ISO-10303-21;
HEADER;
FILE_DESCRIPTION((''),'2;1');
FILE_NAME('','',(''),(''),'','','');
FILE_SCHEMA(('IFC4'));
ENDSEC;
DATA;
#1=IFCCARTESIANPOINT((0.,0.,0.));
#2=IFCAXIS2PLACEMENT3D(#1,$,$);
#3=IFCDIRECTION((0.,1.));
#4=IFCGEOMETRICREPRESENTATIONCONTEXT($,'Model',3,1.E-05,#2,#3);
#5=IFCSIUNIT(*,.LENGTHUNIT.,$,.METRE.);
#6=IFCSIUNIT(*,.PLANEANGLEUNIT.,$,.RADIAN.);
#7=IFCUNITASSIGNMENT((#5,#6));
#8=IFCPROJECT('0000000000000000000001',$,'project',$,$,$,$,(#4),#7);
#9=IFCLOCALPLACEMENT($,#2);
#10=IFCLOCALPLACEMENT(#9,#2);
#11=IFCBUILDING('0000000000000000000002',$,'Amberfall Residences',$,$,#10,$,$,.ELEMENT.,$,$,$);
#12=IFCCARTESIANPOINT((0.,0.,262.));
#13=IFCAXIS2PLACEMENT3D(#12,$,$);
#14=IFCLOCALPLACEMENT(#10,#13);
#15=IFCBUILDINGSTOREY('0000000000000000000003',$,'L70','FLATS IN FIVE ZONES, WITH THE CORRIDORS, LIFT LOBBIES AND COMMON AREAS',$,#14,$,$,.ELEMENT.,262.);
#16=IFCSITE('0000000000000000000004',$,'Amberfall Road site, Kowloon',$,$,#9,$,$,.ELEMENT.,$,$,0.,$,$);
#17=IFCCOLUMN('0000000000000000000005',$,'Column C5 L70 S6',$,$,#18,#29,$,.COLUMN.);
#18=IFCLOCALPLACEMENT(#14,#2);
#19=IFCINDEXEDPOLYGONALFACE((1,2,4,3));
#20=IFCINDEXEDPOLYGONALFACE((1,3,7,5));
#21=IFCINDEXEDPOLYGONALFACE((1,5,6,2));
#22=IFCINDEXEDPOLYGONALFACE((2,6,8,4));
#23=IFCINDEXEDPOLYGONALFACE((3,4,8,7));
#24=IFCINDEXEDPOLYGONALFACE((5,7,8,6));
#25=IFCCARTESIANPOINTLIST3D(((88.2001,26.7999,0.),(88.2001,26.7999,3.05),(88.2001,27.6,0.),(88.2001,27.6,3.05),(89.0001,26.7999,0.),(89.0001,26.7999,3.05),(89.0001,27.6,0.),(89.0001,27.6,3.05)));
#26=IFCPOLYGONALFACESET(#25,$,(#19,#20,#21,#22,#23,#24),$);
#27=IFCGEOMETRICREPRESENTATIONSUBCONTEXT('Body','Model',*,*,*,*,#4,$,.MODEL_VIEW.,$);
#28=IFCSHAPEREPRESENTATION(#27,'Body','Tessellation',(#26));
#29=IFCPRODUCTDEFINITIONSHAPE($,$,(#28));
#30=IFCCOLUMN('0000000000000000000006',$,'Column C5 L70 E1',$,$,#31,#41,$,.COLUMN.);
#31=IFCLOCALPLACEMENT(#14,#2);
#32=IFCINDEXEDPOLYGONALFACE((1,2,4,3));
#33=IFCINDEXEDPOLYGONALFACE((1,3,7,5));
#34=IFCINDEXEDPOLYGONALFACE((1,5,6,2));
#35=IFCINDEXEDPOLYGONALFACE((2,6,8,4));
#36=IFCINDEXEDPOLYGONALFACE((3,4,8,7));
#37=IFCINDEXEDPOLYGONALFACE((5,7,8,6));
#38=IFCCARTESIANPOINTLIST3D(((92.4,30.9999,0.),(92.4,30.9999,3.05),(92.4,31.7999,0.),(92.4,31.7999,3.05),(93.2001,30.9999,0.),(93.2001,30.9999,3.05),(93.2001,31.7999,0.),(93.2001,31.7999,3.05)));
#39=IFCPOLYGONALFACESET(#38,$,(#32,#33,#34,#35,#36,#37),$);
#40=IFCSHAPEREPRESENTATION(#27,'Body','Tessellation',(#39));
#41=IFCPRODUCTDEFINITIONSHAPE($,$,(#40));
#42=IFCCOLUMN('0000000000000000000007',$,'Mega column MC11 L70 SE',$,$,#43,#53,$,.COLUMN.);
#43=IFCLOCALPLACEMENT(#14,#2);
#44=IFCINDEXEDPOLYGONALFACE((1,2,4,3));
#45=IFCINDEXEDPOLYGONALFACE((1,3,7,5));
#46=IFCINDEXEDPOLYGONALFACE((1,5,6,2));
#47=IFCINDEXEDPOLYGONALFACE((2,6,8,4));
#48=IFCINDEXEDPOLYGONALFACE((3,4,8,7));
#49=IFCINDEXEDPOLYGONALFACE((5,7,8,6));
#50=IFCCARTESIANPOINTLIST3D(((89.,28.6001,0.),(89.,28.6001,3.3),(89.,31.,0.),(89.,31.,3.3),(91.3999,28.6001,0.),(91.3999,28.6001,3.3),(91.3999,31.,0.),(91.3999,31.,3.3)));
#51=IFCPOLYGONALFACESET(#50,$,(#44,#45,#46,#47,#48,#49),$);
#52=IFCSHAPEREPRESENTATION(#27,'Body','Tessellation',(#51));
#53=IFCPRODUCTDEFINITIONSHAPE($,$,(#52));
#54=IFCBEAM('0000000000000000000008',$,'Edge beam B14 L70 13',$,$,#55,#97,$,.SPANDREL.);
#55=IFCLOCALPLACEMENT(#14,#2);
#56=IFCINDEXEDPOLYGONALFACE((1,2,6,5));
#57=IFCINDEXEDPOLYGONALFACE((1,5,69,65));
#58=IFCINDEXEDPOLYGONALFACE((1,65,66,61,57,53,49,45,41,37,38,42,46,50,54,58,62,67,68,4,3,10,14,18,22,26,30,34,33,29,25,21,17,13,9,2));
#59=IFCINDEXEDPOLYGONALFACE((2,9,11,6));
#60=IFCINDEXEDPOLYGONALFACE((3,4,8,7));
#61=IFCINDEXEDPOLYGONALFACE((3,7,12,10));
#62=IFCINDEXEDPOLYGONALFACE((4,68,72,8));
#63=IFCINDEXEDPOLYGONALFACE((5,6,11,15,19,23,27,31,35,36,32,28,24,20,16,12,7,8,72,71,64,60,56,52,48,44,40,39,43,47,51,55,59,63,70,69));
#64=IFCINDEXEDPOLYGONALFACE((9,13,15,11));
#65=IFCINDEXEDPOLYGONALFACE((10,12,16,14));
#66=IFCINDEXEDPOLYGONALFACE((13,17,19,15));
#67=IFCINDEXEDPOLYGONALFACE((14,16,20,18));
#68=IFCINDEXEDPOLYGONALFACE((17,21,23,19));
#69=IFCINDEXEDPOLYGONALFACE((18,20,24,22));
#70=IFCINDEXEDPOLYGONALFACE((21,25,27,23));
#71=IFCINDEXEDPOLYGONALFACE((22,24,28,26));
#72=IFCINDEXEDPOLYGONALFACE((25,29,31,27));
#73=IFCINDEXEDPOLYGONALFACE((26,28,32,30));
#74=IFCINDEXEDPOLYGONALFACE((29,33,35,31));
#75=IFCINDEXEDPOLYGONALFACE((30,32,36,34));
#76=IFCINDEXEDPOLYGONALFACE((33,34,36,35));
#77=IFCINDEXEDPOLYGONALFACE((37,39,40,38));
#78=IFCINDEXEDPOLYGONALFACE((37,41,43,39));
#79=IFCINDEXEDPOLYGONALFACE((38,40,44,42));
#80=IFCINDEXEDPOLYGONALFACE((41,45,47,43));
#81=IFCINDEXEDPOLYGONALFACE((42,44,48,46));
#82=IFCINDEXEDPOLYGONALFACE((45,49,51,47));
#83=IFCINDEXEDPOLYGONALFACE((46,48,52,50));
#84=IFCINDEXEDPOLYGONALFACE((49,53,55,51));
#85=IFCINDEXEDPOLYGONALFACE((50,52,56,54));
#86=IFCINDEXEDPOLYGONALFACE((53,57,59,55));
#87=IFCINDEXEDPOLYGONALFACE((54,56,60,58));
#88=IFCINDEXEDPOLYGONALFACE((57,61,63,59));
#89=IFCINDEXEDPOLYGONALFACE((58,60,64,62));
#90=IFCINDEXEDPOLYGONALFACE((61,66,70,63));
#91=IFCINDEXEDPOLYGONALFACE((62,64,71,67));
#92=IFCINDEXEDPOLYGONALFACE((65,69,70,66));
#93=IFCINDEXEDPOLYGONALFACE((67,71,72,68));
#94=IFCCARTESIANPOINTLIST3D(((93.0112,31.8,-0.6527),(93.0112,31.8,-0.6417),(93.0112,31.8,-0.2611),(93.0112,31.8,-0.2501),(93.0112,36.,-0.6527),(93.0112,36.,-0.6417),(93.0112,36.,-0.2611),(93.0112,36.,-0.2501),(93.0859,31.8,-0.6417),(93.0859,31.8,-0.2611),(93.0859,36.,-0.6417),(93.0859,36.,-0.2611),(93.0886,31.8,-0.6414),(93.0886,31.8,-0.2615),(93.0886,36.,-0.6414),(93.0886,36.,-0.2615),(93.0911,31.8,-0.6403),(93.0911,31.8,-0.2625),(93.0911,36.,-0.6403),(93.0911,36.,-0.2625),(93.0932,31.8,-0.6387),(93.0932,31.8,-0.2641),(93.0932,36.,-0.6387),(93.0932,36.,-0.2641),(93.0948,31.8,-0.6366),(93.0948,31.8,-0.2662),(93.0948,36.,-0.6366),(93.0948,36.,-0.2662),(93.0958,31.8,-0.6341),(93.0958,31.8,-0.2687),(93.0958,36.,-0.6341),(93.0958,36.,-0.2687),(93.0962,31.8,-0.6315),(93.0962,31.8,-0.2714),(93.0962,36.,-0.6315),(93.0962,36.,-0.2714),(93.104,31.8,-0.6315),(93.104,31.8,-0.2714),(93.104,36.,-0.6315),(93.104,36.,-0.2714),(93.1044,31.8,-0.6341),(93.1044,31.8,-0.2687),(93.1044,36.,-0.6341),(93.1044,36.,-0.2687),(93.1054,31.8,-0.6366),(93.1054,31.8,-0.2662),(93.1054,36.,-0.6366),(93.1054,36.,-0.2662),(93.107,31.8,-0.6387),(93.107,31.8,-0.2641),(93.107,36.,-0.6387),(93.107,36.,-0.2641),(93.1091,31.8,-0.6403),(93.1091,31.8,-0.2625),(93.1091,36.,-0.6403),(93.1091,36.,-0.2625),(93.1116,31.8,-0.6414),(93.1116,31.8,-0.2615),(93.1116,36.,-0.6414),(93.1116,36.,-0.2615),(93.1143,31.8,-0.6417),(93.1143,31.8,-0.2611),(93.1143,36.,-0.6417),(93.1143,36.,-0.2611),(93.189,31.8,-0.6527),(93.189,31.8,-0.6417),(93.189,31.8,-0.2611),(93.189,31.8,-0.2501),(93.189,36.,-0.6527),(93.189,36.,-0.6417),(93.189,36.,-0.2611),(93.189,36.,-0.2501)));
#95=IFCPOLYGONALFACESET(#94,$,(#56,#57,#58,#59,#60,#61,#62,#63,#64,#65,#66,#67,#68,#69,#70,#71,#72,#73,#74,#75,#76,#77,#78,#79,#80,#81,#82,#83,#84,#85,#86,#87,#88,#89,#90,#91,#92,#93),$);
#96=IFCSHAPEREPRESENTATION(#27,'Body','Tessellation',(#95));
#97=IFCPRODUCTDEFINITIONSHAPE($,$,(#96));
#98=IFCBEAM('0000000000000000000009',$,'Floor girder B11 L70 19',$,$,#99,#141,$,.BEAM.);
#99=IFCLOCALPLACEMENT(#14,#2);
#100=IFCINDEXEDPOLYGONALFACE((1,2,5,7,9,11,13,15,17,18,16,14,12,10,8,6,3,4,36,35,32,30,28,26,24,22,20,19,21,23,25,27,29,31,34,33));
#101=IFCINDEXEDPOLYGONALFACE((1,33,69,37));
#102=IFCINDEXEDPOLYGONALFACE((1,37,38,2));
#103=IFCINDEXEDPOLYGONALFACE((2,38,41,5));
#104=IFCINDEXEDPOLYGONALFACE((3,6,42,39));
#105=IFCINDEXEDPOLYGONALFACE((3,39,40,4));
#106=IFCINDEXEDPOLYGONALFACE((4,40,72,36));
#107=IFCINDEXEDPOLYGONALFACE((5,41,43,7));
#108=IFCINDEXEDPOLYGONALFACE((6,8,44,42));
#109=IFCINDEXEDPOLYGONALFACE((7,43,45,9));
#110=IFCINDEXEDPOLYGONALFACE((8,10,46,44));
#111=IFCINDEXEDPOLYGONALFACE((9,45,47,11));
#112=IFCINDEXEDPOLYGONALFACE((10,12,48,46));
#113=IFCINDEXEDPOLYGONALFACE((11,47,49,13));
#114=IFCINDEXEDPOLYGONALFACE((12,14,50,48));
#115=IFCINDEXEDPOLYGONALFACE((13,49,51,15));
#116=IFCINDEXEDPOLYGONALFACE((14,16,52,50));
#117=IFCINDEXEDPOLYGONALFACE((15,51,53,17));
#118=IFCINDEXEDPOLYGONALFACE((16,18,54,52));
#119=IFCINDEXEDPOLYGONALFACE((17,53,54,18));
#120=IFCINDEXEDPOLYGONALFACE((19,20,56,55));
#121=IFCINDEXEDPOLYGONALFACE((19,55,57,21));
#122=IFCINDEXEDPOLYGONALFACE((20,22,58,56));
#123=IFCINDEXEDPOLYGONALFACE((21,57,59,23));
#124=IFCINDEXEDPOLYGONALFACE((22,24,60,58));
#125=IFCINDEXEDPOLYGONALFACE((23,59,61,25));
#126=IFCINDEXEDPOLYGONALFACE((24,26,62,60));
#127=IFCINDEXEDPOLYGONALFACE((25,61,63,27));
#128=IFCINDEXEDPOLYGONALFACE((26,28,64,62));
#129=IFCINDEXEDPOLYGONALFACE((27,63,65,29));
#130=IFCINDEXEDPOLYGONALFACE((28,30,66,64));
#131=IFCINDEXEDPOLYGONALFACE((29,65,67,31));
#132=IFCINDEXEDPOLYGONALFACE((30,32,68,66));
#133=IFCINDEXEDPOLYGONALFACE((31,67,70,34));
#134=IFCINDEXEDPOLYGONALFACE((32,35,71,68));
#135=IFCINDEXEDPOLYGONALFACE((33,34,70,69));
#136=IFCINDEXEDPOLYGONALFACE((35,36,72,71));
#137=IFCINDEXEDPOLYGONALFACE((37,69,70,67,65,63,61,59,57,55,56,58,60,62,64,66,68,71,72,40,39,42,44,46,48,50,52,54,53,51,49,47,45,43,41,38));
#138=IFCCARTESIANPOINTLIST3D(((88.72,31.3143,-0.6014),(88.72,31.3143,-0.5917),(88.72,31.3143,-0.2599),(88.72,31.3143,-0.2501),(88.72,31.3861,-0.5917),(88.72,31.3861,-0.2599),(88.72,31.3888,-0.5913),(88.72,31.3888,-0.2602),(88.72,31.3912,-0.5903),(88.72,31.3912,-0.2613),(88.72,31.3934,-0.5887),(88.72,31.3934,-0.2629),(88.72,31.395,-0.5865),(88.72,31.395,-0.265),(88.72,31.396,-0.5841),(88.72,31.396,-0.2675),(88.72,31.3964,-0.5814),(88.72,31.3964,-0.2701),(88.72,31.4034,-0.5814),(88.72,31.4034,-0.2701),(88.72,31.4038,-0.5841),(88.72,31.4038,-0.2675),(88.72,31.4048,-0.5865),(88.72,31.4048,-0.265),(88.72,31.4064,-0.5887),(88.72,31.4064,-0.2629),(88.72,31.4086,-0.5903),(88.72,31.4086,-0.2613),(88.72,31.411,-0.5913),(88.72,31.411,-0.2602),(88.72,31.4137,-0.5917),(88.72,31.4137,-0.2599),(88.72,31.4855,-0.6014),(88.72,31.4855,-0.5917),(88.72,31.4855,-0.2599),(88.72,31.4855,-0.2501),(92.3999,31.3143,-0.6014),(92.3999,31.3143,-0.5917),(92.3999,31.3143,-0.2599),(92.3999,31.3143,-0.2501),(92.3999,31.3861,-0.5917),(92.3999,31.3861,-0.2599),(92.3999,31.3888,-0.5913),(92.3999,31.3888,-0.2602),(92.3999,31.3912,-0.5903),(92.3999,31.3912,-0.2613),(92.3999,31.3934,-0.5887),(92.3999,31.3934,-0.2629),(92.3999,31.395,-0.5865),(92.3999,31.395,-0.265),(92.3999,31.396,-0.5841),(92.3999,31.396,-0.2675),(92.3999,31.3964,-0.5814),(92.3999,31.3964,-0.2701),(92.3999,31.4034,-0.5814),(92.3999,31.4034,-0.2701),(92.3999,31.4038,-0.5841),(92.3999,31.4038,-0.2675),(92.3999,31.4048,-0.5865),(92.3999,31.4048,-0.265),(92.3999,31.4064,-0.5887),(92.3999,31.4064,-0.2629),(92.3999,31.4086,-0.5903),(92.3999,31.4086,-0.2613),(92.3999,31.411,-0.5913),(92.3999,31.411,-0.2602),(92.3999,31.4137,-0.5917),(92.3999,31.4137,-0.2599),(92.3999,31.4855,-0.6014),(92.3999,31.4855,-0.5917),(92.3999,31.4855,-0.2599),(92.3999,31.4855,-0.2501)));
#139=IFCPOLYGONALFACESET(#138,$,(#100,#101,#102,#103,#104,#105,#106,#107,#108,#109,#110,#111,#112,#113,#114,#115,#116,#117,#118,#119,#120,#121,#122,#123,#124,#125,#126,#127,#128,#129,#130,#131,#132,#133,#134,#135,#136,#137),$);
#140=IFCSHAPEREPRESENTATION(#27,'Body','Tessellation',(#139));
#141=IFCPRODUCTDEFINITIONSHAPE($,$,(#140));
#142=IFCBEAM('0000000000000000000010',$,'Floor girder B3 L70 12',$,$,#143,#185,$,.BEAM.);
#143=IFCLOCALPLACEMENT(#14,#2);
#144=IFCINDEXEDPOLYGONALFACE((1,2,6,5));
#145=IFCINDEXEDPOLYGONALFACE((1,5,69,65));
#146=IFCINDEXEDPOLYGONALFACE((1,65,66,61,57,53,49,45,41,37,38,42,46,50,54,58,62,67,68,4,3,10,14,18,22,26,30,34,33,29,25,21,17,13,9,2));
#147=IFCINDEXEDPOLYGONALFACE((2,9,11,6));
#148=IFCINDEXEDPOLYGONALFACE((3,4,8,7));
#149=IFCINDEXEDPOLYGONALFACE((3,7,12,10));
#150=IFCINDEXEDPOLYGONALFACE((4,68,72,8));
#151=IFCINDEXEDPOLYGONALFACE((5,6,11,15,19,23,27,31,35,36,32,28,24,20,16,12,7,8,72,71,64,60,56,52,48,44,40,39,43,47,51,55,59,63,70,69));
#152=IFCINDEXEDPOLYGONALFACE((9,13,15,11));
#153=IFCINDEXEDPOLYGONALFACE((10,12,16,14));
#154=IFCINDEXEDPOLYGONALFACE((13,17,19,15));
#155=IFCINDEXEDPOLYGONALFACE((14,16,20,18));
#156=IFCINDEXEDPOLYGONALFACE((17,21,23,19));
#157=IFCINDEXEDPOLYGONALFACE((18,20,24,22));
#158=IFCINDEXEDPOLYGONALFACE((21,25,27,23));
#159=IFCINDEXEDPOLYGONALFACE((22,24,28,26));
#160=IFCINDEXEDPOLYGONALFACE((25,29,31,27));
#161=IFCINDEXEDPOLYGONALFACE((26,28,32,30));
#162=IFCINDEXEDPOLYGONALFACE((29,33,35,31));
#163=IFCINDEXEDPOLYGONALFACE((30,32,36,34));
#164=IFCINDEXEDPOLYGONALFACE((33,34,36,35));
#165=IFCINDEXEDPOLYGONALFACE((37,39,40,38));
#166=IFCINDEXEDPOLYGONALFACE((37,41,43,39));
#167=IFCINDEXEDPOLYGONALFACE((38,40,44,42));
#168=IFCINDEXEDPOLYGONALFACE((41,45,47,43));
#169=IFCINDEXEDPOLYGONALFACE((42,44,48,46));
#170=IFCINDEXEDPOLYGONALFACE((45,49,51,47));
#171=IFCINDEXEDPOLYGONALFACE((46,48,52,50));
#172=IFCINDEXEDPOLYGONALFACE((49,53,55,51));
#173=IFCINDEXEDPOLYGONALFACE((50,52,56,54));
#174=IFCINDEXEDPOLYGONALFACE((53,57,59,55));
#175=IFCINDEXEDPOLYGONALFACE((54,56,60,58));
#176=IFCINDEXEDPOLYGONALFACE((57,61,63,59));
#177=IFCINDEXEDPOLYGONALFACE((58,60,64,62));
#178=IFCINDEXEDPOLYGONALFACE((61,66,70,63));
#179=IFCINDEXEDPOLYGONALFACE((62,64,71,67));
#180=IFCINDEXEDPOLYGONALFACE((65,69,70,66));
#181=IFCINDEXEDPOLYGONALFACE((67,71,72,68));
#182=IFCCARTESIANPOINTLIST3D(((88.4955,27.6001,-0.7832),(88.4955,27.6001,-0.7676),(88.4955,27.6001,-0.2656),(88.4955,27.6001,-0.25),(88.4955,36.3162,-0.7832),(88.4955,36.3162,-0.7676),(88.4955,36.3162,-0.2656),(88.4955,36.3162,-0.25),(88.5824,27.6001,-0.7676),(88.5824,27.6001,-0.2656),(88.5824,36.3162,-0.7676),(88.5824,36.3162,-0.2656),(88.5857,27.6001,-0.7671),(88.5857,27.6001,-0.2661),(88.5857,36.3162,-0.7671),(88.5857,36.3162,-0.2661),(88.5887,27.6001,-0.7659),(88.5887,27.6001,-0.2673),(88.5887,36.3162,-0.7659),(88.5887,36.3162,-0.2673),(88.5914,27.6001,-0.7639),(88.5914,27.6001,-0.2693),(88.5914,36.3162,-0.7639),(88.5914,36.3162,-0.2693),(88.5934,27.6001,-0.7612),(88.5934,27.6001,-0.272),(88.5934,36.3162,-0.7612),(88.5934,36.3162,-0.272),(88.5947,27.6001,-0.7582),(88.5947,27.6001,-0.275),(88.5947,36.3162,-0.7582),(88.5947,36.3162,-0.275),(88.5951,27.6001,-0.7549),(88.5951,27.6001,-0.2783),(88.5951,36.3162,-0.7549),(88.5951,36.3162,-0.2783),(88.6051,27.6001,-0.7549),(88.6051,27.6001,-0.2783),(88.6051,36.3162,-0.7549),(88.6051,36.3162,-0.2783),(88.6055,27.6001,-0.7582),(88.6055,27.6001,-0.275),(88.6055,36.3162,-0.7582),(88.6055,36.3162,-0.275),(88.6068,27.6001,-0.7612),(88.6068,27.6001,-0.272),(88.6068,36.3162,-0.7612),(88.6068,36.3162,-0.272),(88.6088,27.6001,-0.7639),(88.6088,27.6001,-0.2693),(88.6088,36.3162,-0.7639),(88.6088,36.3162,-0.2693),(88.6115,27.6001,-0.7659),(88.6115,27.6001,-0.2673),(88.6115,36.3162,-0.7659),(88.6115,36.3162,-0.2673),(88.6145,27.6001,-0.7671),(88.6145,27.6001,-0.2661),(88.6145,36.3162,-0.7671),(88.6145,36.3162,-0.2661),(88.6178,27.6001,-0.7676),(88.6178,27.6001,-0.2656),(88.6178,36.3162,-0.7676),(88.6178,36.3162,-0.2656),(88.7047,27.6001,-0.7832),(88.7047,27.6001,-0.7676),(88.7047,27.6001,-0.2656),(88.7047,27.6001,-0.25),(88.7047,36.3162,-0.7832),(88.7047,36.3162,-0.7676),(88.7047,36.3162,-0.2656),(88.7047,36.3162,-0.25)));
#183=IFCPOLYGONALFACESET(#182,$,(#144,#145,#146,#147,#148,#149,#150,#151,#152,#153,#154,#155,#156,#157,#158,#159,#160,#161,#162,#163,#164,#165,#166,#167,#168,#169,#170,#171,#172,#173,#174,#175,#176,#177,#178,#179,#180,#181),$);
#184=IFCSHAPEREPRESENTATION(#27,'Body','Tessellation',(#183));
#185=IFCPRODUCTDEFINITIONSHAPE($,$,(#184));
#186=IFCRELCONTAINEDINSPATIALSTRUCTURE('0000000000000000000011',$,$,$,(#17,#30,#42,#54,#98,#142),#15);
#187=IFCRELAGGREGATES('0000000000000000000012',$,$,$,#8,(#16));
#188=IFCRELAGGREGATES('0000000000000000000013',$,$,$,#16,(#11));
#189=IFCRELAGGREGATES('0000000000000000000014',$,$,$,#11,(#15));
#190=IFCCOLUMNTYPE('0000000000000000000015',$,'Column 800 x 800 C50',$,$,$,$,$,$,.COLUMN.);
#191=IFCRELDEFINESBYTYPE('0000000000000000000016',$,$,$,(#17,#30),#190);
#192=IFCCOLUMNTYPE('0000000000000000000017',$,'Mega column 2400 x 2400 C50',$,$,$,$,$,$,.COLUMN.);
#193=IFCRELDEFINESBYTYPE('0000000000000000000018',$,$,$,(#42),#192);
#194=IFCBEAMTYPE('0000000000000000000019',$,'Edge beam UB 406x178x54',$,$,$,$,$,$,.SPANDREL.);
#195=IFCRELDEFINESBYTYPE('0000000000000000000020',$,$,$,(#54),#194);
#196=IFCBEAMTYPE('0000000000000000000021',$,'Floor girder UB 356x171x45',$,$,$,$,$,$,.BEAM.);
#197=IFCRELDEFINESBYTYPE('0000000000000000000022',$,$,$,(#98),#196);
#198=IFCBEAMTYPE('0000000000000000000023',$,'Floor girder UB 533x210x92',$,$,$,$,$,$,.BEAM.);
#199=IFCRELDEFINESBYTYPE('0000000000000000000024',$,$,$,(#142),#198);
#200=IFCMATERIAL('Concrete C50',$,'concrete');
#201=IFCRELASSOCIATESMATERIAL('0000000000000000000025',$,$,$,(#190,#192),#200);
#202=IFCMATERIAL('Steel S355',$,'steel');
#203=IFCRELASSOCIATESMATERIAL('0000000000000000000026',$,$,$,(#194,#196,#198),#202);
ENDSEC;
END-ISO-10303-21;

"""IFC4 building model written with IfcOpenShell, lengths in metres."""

from ifc_helpers import new_model, si_unit, direction, frame, origin, origin_2d, place, context, subcontext, project, spatial, rectangle, i_section, extrude, material, material_profile, profile_set, type_object, element, save


model = new_model("IFC4")

# Units and contexts
model_context = context("Model", 3, precision=1e-05, world=origin(), true_north=direction((0.0, 1.0)))
body_context = subcontext(model_context, "Body", "Model", "MODEL_VIEW")
ifc_project = project(units=[si_unit("LENGTHUNIT", "METRE"), si_unit("PLANEANGLEUNIT", "RADIAN")], contexts=[model_context])

# Site, building, storey
site_placement = place(None, origin())
site = spatial("IfcSite", under=ifc_project, at=site_placement, Name="Amberfall Road site, Kowloon", CompositionType="ELEMENT", RefElevation=0.0)
building_placement = place(site_placement, origin())
building = spatial("IfcBuilding", under=site, at=building_placement, Name="Amberfall Residences", CompositionType="ELEMENT")
storey_placement = place(building_placement, frame((0.0, 0.0, 262.0)))
storey = spatial("IfcBuildingStorey", under=building, at=storey_placement, Name="L70", Description="FLATS IN FIVE ZONES, WITH THE CORRIDORS, LIFT LOBBIES AND COMMON AREAS", CompositionType="ELEMENT", Elevation=262.0)

# Columns
ifc_material_1 = material(Name="Concrete C50", Category="concrete")
ifc_material_profile_1 = material_profile(ifc_material_1, rectangle(XDim=0.8, YDim=0.8, at=origin_2d()), Name="Column 800 x 800 C50")
ifc_profile_set_1 = profile_set([ifc_material_profile_1], Name="Concrete C50")
column_type_1 = type_object("IfcColumnType", Name="Column 800 x 800 C50", PredefinedType="COLUMN", material=ifc_profile_set_1)
for number, where, z_axis, x_axis, name in (
    (1, (88.6001, 27.2, 0.0), (0.0, 0.0, 1.0), (1.0, 0.0, 0.0), "Column C5 L70 S6"),
    (2, (92.8, 31.3999, 0.0), (0.0, 0.0, 1.0), (1.0, 0.0, 0.0), "Column C5 L70 E1"),
):
    element("IfcColumn", number, at=place(storey_placement, frame(where, z_axis=z_axis, x_axis=x_axis)), inside=storey, type_object=column_type_1, Name=name, PredefinedType="COLUMN", context=body_context, shape_type="SweptSolid", body=[
        extrude(rectangle(XDim=0.8, YDim=0.8, at=origin_2d()), origin(), (0.0, 0.0, 1.0), 3.05),
    ])
ifc_material_profile_2 = material_profile(ifc_material_1, rectangle(XDim=2.3999, YDim=2.3999, at=origin_2d()), Name="Mega column 2400 x 2400 C50")
ifc_profile_set_2 = profile_set([ifc_material_profile_2], Name="Concrete C50")
column_type_2 = type_object("IfcColumnType", Name="Mega column 2400 x 2400 C50", PredefinedType="COLUMN", material=ifc_profile_set_2)
column_placement = place(storey_placement, frame((90.2, 29.8, 0.0), z_axis=(0.0, 0.0, 1.0), x_axis=(1.0, 0.0, 0.0)))
element("IfcColumn", 3, at=column_placement, inside=storey, type_object=column_type_2, Name="Mega column MC11 L70 SE", PredefinedType="COLUMN", context=body_context, shape_type="SweptSolid", body=[
    extrude(rectangle(XDim=2.3999, YDim=2.3999, at=origin_2d()), origin(), (0.0, 0.0, 1.0), 3.3),
])

# Beams
ifc_material_2 = material(Name="Steel S355", Category="steel")
ifc_material_profile_3 = material_profile(ifc_material_2, i_section(OverallWidth=0.1777, OverallDepth=0.4026, WebThickness=0.0078, FlangeThickness=0.011, FilletRadius=0.0103, at=origin_2d()), Name="UB 406x178x54")
ifc_profile_set_3 = profile_set([ifc_material_profile_3], Name="Steel S355")
beam_type_1 = type_object("IfcBeamType", Name="Edge beam UB 406x178x54", PredefinedType="SPANDREL", material=ifc_profile_set_3)
beam_1_placement = place(storey_placement, frame((93.1001, 31.8, -0.4514), z_axis=(0.0, 1.0, 0.0), x_axis=(-1.0, 0.0, 0.0)))
element("IfcBeam", 4, at=beam_1_placement, inside=storey, type_object=beam_type_1, Name="Edge beam B14 L70 13", PredefinedType="SPANDREL", context=body_context, shape_type="SweptSolid", body=[
    extrude(i_section(OverallWidth=0.1777, OverallDepth=0.4026, WebThickness=0.0078, FlangeThickness=0.011, FilletRadius=0.0103, at=origin_2d()), origin(), (0.0, 0.0, 1.0), 4.2),
])
ifc_material_profile_4 = material_profile(ifc_material_2, i_section(OverallWidth=0.1711, OverallDepth=0.3513, WebThickness=0.0071, FlangeThickness=0.0098, FilletRadius=0.0103, at=origin_2d()), Name="UB 356x171x45")
ifc_profile_set_4 = profile_set([ifc_material_profile_4], Name="Steel S355")
beam_type_2 = type_object("IfcBeamType", Name="Floor girder UB 356x171x45", PredefinedType="BEAM", material=ifc_profile_set_4)
beam_2_placement = place(storey_placement, frame((92.3999, 31.3999, -0.4258), z_axis=(-1.0, 0.0, 0.0), x_axis=(0.0, -1.0, 0.0)))
element("IfcBeam", 5, at=beam_2_placement, inside=storey, type_object=beam_type_2, Name="Floor girder B11 L70 19", PredefinedType="BEAM", context=body_context, shape_type="SweptSolid", body=[
    extrude(i_section(OverallWidth=0.1711, OverallDepth=0.3513, WebThickness=0.0071, FlangeThickness=0.0098, FilletRadius=0.0103, at=origin_2d()), origin(), (0.0, 0.0, 1.0), 3.6799),
])
ifc_material_profile_5 = material_profile(ifc_material_2, i_section(OverallWidth=0.2092, OverallDepth=0.5332, WebThickness=0.01, FlangeThickness=0.0156, FilletRadius=0.0127, at=origin_2d()), Name="UB 533x210x92")
ifc_profile_set_5 = profile_set([ifc_material_profile_5], Name="Steel S355")
beam_type_3 = type_object("IfcBeamType", Name="Floor girder UB 533x210x92", PredefinedType="BEAM", material=ifc_profile_set_5)
beam_3_placement = place(storey_placement, frame((88.6001, 27.6001, -0.5166), z_axis=(0.0, 1.0, 0.0), x_axis=(-1.0, 0.0, 0.0)))
element("IfcBeam", 6, at=beam_3_placement, inside=storey, type_object=beam_type_3, Name="Floor girder B3 L70 12", PredefinedType="BEAM", context=body_context, shape_type="SweptSolid", body=[
    extrude(i_section(OverallWidth=0.2092, OverallDepth=0.5332, WebThickness=0.01, FlangeThickness=0.0156, FilletRadius=0.0127, at=origin_2d()), origin(), (0.0, 0.0, 1.0), 8.7161),
])

save(model, "model.ifc")
